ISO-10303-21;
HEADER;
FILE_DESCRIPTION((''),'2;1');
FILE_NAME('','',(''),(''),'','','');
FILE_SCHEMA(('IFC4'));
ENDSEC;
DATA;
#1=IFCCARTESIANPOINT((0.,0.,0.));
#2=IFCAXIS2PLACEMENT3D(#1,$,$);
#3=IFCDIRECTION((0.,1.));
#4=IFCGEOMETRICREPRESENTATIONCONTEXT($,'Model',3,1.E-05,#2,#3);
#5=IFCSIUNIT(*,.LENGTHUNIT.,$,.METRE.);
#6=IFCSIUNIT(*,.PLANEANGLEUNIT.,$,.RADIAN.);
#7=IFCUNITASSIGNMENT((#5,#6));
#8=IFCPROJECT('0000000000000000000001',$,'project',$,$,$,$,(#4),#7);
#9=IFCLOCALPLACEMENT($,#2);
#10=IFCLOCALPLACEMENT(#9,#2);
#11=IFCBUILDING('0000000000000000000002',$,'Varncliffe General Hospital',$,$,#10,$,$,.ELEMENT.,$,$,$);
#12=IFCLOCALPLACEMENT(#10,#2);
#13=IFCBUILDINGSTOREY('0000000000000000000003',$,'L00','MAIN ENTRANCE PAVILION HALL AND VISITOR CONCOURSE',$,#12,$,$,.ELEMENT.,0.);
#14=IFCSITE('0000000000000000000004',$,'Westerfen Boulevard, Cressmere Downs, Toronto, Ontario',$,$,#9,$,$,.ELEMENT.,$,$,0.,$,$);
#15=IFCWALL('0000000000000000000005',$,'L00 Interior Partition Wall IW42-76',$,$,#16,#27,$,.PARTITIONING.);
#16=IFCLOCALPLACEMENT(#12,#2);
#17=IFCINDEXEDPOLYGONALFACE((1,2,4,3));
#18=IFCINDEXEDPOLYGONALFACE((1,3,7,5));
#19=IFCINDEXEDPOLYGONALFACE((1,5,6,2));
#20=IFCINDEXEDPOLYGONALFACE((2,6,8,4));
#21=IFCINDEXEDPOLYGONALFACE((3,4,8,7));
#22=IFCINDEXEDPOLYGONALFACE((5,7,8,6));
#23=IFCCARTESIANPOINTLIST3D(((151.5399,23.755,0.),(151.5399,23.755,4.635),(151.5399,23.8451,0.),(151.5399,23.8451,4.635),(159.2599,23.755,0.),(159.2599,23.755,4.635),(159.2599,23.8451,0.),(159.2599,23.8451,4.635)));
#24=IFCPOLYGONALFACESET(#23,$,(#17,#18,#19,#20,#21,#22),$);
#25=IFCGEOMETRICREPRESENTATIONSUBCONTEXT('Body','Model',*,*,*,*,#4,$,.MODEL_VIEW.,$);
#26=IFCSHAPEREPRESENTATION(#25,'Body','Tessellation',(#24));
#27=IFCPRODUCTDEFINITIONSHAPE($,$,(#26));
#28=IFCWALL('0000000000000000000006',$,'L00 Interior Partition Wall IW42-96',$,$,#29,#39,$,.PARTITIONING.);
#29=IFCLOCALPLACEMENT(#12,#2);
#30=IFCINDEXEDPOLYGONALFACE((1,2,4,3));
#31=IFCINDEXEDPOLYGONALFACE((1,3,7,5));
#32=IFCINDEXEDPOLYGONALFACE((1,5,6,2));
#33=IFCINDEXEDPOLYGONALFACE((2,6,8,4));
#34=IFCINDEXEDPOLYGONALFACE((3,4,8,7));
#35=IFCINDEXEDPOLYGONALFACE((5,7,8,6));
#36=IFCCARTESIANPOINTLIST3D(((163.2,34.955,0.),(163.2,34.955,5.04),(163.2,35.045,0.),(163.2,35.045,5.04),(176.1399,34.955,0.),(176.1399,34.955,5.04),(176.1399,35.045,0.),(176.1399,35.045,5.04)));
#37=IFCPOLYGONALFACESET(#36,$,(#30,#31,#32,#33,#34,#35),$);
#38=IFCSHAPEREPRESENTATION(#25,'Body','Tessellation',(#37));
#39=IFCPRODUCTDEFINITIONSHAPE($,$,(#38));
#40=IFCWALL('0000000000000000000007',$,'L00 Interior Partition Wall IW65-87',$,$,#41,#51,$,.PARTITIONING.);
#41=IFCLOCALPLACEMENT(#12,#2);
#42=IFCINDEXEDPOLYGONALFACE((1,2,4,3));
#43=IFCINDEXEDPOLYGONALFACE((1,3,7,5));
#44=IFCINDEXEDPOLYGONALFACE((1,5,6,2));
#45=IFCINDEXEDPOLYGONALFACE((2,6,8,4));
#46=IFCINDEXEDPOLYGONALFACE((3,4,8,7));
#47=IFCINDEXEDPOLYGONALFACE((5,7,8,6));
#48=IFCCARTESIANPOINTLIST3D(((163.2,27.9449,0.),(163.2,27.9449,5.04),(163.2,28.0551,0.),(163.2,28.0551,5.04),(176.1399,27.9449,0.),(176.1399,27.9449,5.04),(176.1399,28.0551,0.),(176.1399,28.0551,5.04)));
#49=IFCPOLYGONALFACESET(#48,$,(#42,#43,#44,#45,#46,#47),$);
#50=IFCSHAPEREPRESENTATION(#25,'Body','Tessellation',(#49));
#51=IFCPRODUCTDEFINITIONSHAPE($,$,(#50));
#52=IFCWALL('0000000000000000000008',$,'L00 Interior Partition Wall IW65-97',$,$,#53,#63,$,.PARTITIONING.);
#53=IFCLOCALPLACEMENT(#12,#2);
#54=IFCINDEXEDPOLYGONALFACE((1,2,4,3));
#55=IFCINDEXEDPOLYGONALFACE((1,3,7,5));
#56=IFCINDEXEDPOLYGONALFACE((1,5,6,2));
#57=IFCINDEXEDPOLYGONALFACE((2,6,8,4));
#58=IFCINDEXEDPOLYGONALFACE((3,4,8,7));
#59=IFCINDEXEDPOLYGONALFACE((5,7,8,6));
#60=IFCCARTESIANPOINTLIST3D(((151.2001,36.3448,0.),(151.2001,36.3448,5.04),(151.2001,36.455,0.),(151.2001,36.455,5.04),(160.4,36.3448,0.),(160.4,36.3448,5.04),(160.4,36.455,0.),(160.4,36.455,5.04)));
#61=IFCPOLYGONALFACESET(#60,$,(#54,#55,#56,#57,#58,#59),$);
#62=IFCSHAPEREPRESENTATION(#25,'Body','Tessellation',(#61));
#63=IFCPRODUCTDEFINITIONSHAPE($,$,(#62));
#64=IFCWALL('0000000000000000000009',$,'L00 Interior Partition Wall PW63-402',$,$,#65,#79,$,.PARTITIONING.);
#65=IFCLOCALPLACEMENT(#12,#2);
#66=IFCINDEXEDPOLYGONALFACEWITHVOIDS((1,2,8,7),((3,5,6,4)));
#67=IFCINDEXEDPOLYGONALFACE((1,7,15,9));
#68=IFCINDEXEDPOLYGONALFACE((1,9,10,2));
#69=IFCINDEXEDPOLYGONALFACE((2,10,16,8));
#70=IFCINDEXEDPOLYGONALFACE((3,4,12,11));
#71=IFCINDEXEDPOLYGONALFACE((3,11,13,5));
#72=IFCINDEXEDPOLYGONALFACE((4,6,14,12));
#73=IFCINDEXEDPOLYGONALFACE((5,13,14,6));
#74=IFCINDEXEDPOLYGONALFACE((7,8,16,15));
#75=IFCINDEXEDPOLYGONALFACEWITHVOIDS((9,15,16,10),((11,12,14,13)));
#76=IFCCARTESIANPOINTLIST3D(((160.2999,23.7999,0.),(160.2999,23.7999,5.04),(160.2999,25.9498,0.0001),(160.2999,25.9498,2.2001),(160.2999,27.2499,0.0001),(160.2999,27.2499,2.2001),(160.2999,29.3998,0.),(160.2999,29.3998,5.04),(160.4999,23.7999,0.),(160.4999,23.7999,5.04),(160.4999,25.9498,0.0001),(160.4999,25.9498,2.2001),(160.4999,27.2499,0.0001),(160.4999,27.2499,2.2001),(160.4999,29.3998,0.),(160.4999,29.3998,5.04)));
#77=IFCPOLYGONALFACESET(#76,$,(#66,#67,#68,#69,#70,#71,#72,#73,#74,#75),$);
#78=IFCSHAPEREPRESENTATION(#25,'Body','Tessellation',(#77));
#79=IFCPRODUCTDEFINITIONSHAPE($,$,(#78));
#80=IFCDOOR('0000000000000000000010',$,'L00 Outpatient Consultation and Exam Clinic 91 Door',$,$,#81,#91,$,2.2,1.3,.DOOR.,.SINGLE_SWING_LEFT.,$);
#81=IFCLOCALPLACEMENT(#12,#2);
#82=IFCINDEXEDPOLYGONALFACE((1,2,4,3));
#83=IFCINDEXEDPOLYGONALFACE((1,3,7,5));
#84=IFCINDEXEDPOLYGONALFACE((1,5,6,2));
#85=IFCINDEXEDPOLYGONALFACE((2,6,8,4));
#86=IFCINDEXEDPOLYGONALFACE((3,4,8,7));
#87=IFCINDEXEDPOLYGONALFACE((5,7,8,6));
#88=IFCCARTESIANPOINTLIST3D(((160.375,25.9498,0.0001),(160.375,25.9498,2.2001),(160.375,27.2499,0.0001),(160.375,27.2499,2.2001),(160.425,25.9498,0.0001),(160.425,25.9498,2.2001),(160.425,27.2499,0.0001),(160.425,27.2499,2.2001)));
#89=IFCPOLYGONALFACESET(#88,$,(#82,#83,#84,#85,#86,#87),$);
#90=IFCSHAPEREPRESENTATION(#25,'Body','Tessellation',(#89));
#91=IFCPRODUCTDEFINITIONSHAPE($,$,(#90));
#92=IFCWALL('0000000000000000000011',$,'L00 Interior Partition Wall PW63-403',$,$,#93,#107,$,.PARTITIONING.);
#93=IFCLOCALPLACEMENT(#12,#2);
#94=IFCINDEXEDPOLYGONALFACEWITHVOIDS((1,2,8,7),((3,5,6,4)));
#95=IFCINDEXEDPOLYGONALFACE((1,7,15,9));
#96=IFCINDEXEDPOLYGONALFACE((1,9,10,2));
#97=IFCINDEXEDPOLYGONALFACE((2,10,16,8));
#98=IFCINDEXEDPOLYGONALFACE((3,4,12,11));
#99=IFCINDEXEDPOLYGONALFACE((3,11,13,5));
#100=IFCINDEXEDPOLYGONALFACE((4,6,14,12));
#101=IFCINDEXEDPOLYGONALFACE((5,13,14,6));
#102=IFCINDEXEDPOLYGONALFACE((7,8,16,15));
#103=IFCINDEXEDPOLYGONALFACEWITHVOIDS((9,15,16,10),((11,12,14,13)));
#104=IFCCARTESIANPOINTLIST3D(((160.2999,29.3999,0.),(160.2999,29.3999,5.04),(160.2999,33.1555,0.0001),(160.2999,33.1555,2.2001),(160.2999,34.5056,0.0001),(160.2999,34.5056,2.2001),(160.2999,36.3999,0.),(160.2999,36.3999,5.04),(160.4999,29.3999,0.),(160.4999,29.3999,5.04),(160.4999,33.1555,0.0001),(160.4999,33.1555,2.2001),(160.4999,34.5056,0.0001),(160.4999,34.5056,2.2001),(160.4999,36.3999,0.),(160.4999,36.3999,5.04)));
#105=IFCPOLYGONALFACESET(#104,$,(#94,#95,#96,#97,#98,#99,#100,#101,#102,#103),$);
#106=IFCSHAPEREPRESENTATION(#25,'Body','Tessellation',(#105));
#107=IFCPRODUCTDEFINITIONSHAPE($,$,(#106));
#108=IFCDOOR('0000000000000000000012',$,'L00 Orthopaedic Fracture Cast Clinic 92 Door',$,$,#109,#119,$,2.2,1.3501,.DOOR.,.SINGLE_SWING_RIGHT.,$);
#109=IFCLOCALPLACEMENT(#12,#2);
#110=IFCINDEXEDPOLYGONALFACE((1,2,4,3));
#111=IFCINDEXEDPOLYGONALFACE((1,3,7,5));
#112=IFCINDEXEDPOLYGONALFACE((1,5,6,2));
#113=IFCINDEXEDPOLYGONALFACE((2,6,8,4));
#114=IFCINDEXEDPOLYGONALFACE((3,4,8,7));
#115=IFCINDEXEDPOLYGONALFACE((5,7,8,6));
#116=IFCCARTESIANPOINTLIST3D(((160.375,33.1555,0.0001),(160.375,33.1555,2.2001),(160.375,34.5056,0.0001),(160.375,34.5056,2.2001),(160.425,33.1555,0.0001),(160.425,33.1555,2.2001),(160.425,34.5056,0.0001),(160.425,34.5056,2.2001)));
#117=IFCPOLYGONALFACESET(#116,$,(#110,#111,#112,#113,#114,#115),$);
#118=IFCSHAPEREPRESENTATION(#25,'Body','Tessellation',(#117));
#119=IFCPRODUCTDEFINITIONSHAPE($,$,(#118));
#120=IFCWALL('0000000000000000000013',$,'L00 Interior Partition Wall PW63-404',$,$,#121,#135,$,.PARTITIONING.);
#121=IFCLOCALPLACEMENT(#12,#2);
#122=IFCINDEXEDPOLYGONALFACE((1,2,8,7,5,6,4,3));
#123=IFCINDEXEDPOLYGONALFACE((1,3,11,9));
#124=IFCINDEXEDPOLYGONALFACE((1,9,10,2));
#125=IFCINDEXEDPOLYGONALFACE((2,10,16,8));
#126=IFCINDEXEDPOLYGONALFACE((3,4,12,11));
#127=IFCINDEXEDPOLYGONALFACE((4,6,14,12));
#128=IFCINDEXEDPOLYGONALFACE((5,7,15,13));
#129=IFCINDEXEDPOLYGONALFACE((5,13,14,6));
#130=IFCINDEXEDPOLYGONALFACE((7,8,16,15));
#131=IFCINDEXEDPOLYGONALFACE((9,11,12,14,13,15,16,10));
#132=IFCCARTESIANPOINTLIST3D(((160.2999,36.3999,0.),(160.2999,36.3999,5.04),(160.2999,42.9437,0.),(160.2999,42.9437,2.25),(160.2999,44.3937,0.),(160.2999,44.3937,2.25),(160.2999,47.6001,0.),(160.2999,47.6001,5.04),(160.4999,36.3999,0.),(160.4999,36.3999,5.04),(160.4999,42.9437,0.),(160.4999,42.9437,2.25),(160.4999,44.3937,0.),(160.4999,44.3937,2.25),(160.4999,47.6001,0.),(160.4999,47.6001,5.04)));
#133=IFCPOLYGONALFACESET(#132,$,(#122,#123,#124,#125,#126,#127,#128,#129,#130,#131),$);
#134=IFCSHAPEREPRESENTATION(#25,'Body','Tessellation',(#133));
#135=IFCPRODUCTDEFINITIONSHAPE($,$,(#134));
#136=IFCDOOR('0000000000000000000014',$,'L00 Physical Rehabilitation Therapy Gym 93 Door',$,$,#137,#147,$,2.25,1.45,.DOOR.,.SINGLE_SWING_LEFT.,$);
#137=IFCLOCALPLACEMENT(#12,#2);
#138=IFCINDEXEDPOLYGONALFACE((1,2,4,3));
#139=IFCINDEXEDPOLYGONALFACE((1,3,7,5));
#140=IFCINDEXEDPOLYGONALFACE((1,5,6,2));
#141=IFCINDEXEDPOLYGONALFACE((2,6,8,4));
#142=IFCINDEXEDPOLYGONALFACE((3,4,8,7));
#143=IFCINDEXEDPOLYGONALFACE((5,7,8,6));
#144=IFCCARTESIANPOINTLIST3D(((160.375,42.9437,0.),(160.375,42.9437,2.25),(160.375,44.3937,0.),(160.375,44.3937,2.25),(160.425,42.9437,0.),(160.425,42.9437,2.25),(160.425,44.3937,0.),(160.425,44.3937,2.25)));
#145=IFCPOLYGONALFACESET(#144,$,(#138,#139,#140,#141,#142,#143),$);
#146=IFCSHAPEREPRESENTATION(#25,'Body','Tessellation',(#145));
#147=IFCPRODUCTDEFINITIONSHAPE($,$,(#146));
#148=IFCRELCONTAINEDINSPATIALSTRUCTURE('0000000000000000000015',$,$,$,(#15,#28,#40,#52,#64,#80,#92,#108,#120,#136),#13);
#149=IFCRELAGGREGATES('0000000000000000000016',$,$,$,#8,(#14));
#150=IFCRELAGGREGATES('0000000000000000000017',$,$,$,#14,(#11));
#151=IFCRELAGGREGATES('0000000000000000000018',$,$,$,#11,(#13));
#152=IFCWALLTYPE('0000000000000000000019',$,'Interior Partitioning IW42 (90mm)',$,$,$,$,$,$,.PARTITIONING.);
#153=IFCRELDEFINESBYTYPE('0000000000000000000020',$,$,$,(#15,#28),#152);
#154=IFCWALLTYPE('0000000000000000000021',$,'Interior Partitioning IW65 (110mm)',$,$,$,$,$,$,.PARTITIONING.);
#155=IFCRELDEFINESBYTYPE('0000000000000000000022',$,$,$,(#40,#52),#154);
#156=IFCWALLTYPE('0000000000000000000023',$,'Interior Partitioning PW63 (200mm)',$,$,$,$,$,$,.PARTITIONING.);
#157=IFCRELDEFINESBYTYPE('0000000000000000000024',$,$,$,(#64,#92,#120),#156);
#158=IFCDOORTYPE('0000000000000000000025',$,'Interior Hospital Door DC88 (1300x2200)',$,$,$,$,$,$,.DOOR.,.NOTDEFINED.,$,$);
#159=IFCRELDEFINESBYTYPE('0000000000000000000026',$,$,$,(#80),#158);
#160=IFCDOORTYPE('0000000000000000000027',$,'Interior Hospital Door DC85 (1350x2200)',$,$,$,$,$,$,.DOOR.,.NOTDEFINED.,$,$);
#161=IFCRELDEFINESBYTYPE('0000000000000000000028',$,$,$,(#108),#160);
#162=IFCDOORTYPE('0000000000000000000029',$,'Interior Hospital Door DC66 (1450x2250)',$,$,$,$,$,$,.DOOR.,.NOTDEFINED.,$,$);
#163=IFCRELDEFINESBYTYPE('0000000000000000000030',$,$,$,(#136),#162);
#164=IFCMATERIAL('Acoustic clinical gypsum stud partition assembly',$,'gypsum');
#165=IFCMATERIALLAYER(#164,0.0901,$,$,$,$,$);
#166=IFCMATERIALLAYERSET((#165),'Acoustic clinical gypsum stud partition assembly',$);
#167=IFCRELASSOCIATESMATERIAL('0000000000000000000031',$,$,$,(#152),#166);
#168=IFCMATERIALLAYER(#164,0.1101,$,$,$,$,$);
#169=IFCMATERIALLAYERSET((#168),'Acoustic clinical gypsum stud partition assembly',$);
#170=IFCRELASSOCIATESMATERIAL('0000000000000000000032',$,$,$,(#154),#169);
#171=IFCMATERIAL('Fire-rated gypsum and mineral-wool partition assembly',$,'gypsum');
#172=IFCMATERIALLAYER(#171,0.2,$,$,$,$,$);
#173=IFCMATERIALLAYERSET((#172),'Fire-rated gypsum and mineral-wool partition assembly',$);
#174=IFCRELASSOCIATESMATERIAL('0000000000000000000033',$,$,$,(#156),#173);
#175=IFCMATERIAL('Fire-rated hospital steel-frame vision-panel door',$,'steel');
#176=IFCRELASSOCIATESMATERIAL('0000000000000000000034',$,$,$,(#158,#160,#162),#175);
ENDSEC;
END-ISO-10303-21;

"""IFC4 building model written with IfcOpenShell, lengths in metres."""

from ifc_helpers import new_model, si_unit, direction, frame, frame_2d, origin, place, context, subcontext, project, spatial, rectangle, extrude, material, layer, layer_set, type_object, element, fill, save


model = new_model("IFC4")

# Units and contexts
model_context = context("Model", 3, precision=1e-05, world=origin(), true_north=direction((0.0, 1.0)))
body_context = subcontext(model_context, "Body", "Model", "MODEL_VIEW")
ifc_project = project(units=[si_unit("LENGTHUNIT", "METRE"), si_unit("PLANEANGLEUNIT", "RADIAN")], contexts=[model_context])

# Site, building, storey
site_placement = place(None, origin())
site = spatial("IfcSite", under=ifc_project, at=site_placement, Name="Westerfen Boulevard, Cressmere Downs, Toronto, Ontario", CompositionType="ELEMENT", RefElevation=0.0)
building_placement = place(site_placement, origin())
building = spatial("IfcBuilding", under=site, at=building_placement, Name="Varncliffe General Hospital", CompositionType="ELEMENT")
storey_placement = place(building_placement, origin())
storey = spatial("IfcBuildingStorey", under=building, at=storey_placement, Name="L00", Description="MAIN ENTRANCE PAVILION HALL AND VISITOR CONCOURSE", CompositionType="ELEMENT", Elevation=0.0)

# Walls
ifc_material_1 = material(Name="Acoustic clinical gypsum stud partition assembly", Category="gypsum")
ifc_layer_1 = layer(ifc_material_1, 0.0901)
ifc_layer_set_1 = layer_set([ifc_layer_1], Name="Acoustic clinical gypsum stud partition assembly")
wall_type_1 = type_object("IfcWallType", Name="Interior Partitioning IW42 (90mm)", PredefinedType="PARTITIONING", material=ifc_layer_set_1)
wall_1_placement = place(storey_placement, frame((151.54, 23.8, 0.0), z_axis=(0.0, 0.0, 1.0), x_axis=(1.0, 0.0, 0.0)))
element("IfcWall", 1, at=wall_1_placement, inside=storey, type_object=wall_type_1, Name="L00 Interior Partition Wall IW42-76", PredefinedType="PARTITIONING", context=body_context, shape_type="SweptSolid", body=[
    extrude(rectangle(XDim=7.72, YDim=0.0901, at=frame_2d((3.8599, 0.0))), origin(), (0.0, 0.0, 1.0), 4.635),
])
wall_2_placement = place(storey_placement, frame((163.2, 35.0, 0.0), z_axis=(0.0, 0.0, 1.0), x_axis=(1.0, 0.0, 0.0)))
element("IfcWall", 2, at=wall_2_placement, inside=storey, type_object=wall_type_1, Name="L00 Interior Partition Wall IW42-96", PredefinedType="PARTITIONING", context=body_context, shape_type="SweptSolid", body=[
    extrude(rectangle(XDim=12.9399, YDim=0.0901, at=frame_2d((6.47, 0.0))), origin(), (0.0, 0.0, 1.0), 5.04),
])
ifc_layer_2 = layer(ifc_material_1, 0.1101)
ifc_layer_set_2 = layer_set([ifc_layer_2], Name="Acoustic clinical gypsum stud partition assembly")
wall_type_2 = type_object("IfcWallType", Name="Interior Partitioning IW65 (110mm)", PredefinedType="PARTITIONING", material=ifc_layer_set_2)
wall_3_placement = place(storey_placement, frame((163.2, 28.0, 0.0), z_axis=(0.0, 0.0, 1.0), x_axis=(1.0, 0.0, 0.0)))
element("IfcWall", 3, at=wall_3_placement, inside=storey, type_object=wall_type_2, Name="L00 Interior Partition Wall IW65-87", PredefinedType="PARTITIONING", context=body_context, shape_type="SweptSolid", body=[
    extrude(rectangle(XDim=12.9399, YDim=0.1101, at=frame_2d((6.47, 0.0))), origin(), (0.0, 0.0, 1.0), 5.04),
])
wall_4_placement = place(storey_placement, frame((151.2, 36.3999, 0.0), z_axis=(0.0, 0.0, 1.0), x_axis=(1.0, 0.0, 0.0)))
element("IfcWall", 4, at=wall_4_placement, inside=storey, type_object=wall_type_2, Name="L00 Interior Partition Wall IW65-97", PredefinedType="PARTITIONING", context=body_context, shape_type="SweptSolid", body=[
    extrude(rectangle(XDim=9.2, YDim=0.1101, at=frame_2d((4.6001, 0.0))), origin(), (0.0, 0.0, 1.0), 5.04),
])

# Walls, openings, doors
ifc_material_2 = material(Name="Fire-rated gypsum and mineral-wool partition assembly", Category="gypsum")
ifc_layer_3 = layer(ifc_material_2, 0.2)
ifc_layer_set_3 = layer_set([ifc_layer_3], Name="Fire-rated gypsum and mineral-wool partition assembly")
wall_type_3 = type_object("IfcWallType", Name="Interior Partitioning PW63 (200mm)", PredefinedType="PARTITIONING", material=ifc_layer_set_3)
wall_5_placement = place(storey_placement, frame((160.3999, 23.8, 0.0), z_axis=(0.0, 0.0, 1.0), x_axis=(0.0, 1.0, 0.0)))
wall_5 = element("IfcWall", 5, at=wall_5_placement, inside=storey, type_object=wall_type_3, Name="L00 Interior Partition Wall PW63-402", PredefinedType="PARTITIONING", context=body_context, shape_type="SweptSolid", body=[
    extrude(rectangle(XDim=5.5999, YDim=0.2, at=frame_2d((2.7998, 0.0))), origin(), (0.0, 0.0, 1.0), 5.04),
])
opening_1_placement = place(wall_5_placement, frame((2.1499, 0.0, 0.0)))
opening_1 = element("IfcOpeningElement", 6, at=opening_1_placement, cuts=wall_5, PredefinedType="OPENING", context=body_context, shape_type="SweptSolid", body=[
    extrude(rectangle(XDim=1.3, YDim=2.2, at=frame_2d((0.6499, 1.1001))), frame((0.0, 0.1099, 0.0), z_axis=(0.0, -1.0, 0.0), x_axis=(1.0, 0.0, 0.0)), (0.0, 0.0, 1.0), 0.22),
])
ifc_material_3 = material(Name="Fire-rated hospital steel-frame vision-panel door", Category="steel")
door_type_1 = type_object("IfcDoorType", Name="Interior Hospital Door DC88 (1300x2200)", OperationType="NOTDEFINED", PredefinedType="DOOR", material=ifc_material_3)
door_1_placement = place(opening_1_placement, origin())
door_1 = element("IfcDoor", 7, at=door_1_placement, inside=storey, type_object=door_type_1, Name="L00 Outpatient Consultation and Exam Clinic 91 Door", OperationType="SINGLE_SWING_LEFT", OverallHeight=2.2, OverallWidth=1.3, PredefinedType="DOOR", context=body_context, shape_type="SweptSolid", body=[
    extrude(rectangle(XDim=1.3, YDim=2.2, at=frame_2d((0.6499, 1.1001))), frame((0.0, 0.0249, 0.0), z_axis=(0.0, -1.0, 0.0), x_axis=(1.0, 0.0, 0.0)), (0.0, 0.0, 1.0), 0.05),
])
fill(opening_1, door_1)
wall_6_placement = place(storey_placement, frame((160.3999, 29.3999, 0.0), z_axis=(0.0, 0.0, 1.0), x_axis=(0.0, 1.0, 0.0)))
wall_6 = element("IfcWall", 8, at=wall_6_placement, inside=storey, type_object=wall_type_3, Name="L00 Interior Partition Wall PW63-403", PredefinedType="PARTITIONING", context=body_context, shape_type="SweptSolid", body=[
    extrude(rectangle(XDim=7.0, YDim=0.2, at=frame_2d((3.5, 0.0))), origin(), (0.0, 0.0, 1.0), 5.04),
])
opening_2_placement = place(wall_6_placement, frame((3.7556, 0.0, 0.0)))
opening_2 = element("IfcOpeningElement", 9, at=opening_2_placement, cuts=wall_6, PredefinedType="OPENING", context=body_context, shape_type="SweptSolid", body=[
    extrude(rectangle(XDim=1.3501, YDim=2.2, at=frame_2d((0.675, 1.1001))), frame((0.0, 0.1099, 0.0), z_axis=(0.0, -1.0, 0.0), x_axis=(1.0, 0.0, 0.0)), (0.0, 0.0, 1.0), 0.22),
])
door_type_2 = type_object("IfcDoorType", Name="Interior Hospital Door DC85 (1350x2200)", OperationType="NOTDEFINED", PredefinedType="DOOR", material=ifc_material_3)
door_2_placement = place(opening_2_placement, origin())
door_2 = element("IfcDoor", 10, at=door_2_placement, inside=storey, type_object=door_type_2, Name="L00 Orthopaedic Fracture Cast Clinic 92 Door", OperationType="SINGLE_SWING_RIGHT", OverallHeight=2.2, OverallWidth=1.3501, PredefinedType="DOOR", context=body_context, shape_type="SweptSolid", body=[
    extrude(rectangle(XDim=1.3501, YDim=2.2, at=frame_2d((0.675, 1.1001))), frame((0.0, 0.0249, 0.0), z_axis=(0.0, -1.0, 0.0), x_axis=(1.0, 0.0, 0.0)), (0.0, 0.0, 1.0), 0.05),
])
fill(opening_2, door_2)
wall_7_placement = place(storey_placement, frame((160.3999, 36.3999, 0.0), z_axis=(0.0, 0.0, 1.0), x_axis=(0.0, 1.0, 0.0)))
wall_7 = element("IfcWall", 11, at=wall_7_placement, inside=storey, type_object=wall_type_3, Name="L00 Interior Partition Wall PW63-404", PredefinedType="PARTITIONING", context=body_context, shape_type="SweptSolid", body=[
    extrude(rectangle(XDim=11.2002, YDim=0.2, at=frame_2d((5.6001, 0.0))), origin(), (0.0, 0.0, 1.0), 5.04),
])
opening_3_placement = place(wall_7_placement, frame((6.5437, 0.0, 0.0)))
opening_3 = element("IfcOpeningElement", 12, at=opening_3_placement, cuts=wall_7, PredefinedType="OPENING", context=body_context, shape_type="SweptSolid", body=[
    extrude(rectangle(XDim=1.45, YDim=2.25, at=frame_2d((0.7251, 1.125))), frame((0.0, 0.1099, 0.0), z_axis=(0.0, -1.0, 0.0), x_axis=(1.0, 0.0, 0.0)), (0.0, 0.0, 1.0), 0.22),
])
door_type_3 = type_object("IfcDoorType", Name="Interior Hospital Door DC66 (1450x2250)", OperationType="NOTDEFINED", PredefinedType="DOOR", material=ifc_material_3)
door_3_placement = place(opening_3_placement, origin())
door_3 = element("IfcDoor", 13, at=door_3_placement, inside=storey, type_object=door_type_3, Name="L00 Physical Rehabilitation Therapy Gym 93 Door", OperationType="SINGLE_SWING_LEFT", OverallHeight=2.25, OverallWidth=1.45, PredefinedType="DOOR", context=body_context, shape_type="SweptSolid", body=[
    extrude(rectangle(XDim=1.45, YDim=2.25, at=frame_2d((0.7251, 1.125))), frame((0.0, 0.0249, 0.0), z_axis=(0.0, -1.0, 0.0), x_axis=(1.0, 0.0, 0.0)), (0.0, 0.0, 1.0), 0.05),
])
fill(opening_3, door_3)

save(model, "model.ifc")
